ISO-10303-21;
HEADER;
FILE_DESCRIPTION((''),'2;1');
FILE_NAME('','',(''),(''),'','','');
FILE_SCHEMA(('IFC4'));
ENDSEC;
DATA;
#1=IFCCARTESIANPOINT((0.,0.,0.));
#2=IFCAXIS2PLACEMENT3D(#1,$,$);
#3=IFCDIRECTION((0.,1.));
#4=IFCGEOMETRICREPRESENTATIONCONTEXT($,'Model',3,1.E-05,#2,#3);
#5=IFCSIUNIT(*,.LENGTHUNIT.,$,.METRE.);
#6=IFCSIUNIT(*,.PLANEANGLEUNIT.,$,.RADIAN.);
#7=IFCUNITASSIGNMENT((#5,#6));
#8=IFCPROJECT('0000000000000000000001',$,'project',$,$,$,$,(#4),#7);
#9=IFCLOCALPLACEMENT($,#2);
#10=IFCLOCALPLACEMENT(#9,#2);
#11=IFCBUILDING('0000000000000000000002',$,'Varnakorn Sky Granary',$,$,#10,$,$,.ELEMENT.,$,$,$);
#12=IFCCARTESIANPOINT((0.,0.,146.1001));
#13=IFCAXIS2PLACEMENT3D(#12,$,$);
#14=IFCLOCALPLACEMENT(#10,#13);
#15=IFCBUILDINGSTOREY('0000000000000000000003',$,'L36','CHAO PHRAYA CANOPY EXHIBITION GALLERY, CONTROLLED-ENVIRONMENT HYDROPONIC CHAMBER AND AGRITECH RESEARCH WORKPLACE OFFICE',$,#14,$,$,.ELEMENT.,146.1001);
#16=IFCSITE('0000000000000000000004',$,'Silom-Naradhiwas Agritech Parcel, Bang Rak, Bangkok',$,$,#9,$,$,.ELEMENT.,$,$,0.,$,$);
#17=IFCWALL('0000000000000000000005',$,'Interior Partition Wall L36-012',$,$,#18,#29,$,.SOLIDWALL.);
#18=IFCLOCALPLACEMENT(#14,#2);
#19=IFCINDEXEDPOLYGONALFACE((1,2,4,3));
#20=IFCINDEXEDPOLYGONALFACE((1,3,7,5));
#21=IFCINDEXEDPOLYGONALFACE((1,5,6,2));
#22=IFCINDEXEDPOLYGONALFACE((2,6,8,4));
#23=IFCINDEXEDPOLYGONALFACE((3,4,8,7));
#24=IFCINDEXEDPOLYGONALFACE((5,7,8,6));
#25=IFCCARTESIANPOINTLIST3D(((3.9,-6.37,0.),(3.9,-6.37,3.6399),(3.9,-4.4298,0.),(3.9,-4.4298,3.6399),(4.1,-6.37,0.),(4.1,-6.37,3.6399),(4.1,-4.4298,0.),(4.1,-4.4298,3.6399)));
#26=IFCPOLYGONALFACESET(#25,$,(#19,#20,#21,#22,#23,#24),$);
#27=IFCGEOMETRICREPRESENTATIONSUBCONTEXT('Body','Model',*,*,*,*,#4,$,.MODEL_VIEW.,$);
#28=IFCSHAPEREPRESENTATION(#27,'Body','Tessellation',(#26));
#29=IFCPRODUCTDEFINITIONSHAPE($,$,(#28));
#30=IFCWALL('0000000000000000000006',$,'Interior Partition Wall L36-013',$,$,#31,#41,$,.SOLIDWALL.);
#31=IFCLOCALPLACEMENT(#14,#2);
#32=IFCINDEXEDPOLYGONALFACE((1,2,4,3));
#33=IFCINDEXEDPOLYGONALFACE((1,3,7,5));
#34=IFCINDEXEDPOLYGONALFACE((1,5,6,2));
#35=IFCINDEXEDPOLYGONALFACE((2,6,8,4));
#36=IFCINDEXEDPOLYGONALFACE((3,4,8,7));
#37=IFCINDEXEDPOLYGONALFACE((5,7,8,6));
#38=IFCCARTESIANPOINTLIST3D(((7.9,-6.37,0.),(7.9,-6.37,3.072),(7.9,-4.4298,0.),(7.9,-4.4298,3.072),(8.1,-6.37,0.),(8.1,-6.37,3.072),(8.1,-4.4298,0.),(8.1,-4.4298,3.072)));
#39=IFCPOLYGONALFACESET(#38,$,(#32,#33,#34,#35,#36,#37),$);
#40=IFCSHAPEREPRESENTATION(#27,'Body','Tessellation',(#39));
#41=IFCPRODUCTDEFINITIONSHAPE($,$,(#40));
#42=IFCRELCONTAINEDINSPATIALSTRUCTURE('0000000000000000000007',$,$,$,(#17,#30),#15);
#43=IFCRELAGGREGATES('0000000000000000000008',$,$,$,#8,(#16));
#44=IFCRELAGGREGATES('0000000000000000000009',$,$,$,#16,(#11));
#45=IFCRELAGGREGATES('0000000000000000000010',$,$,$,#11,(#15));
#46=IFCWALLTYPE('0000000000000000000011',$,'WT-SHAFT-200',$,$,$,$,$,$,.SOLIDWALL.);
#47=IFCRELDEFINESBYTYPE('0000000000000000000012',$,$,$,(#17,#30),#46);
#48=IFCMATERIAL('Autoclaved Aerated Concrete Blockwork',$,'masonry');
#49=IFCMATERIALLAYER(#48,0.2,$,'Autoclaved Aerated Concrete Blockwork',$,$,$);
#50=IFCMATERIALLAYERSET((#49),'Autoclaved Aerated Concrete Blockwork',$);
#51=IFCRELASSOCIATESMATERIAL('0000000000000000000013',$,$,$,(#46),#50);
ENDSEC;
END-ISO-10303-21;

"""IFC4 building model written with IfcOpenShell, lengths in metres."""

from ifc_helpers import new_model, si_unit, direction, frame, frame_2d, origin, place, context, subcontext, project, spatial, rectangle, extrude, material, layer, layer_set, type_object, element, save


model = new_model("IFC4")

# Units and contexts
model_context = context("Model", 3, precision=1e-05, world=origin(), true_north=direction((0.0, 1.0)))
body_context = subcontext(model_context, "Body", "Model", "MODEL_VIEW")
ifc_project = project(units=[si_unit("LENGTHUNIT", "METRE"), si_unit("PLANEANGLEUNIT", "RADIAN")], contexts=[model_context])

# Site, building, storey
site_placement = place(None, origin())
site = spatial("IfcSite", under=ifc_project, at=site_placement, Name="Silom-Naradhiwas Agritech Parcel, Bang Rak, Bangkok", CompositionType="ELEMENT", RefElevation=0.0)
building_placement = place(site_placement, origin())
building = spatial("IfcBuilding", under=site, at=building_placement, Name="Varnakorn Sky Granary", CompositionType="ELEMENT")
storey_placement = place(building_placement, frame((0.0, 0.0, 146.1001)))
storey = spatial("IfcBuildingStorey", under=building, at=storey_placement, Name="L36", Description="CHAO PHRAYA CANOPY EXHIBITION GALLERY, CONTROLLED-ENVIRONMENT HYDROPONIC CHAMBER AND AGRITECH RESEARCH WORKPLACE OFFICE", CompositionType="ELEMENT", Elevation=146.1001)

# Shared definitions
ifc_material_1 = material(Name="Autoclaved Aerated Concrete Blockwork", Category="masonry")

# Walls
ifc_layer_1 = layer(ifc_material_1, 0.2, Name="Autoclaved Aerated Concrete Blockwork")
ifc_layer_set_1 = layer_set([ifc_layer_1], Name="Autoclaved Aerated Concrete Blockwork")
wall_type_1 = type_object("IfcWallType", Name="WT-SHAFT-200", PredefinedType="SOLIDWALL", material=ifc_layer_set_1)
wall_1_placement = place(storey_placement, frame((4.0, -6.3701, 0.0), z_axis=(0.0, 0.0, 1.0), x_axis=(0.0, 1.0, 0.0)))
element("IfcWall", 1, at=wall_1_placement, inside=storey, type_object=wall_type_1, Name="Interior Partition Wall L36-012", PredefinedType="SOLIDWALL", context=body_context, shape_type="SweptSolid", body=[
    extrude(rectangle(XDim=1.9402, YDim=0.2, at=frame_2d((0.9702, 0.0))), origin(), (0.0, 0.0, 1.0), 3.6399),
])
wall_2_placement = place(storey_placement, frame((8.0, -6.3701, 0.0), z_axis=(0.0, 0.0, 1.0), x_axis=(0.0, 1.0, 0.0)))
element("IfcWall", 2, at=wall_2_placement, inside=storey, type_object=wall_type_1, Name="Interior Partition Wall L36-013", PredefinedType="SOLIDWALL", context=body_context, shape_type="SweptSolid", body=[
    extrude(rectangle(XDim=1.9402, YDim=0.2, at=frame_2d((0.9702, 0.0))), origin(), (0.0, 0.0, 1.0), 3.072),
])

save(model, "model.ifc")
